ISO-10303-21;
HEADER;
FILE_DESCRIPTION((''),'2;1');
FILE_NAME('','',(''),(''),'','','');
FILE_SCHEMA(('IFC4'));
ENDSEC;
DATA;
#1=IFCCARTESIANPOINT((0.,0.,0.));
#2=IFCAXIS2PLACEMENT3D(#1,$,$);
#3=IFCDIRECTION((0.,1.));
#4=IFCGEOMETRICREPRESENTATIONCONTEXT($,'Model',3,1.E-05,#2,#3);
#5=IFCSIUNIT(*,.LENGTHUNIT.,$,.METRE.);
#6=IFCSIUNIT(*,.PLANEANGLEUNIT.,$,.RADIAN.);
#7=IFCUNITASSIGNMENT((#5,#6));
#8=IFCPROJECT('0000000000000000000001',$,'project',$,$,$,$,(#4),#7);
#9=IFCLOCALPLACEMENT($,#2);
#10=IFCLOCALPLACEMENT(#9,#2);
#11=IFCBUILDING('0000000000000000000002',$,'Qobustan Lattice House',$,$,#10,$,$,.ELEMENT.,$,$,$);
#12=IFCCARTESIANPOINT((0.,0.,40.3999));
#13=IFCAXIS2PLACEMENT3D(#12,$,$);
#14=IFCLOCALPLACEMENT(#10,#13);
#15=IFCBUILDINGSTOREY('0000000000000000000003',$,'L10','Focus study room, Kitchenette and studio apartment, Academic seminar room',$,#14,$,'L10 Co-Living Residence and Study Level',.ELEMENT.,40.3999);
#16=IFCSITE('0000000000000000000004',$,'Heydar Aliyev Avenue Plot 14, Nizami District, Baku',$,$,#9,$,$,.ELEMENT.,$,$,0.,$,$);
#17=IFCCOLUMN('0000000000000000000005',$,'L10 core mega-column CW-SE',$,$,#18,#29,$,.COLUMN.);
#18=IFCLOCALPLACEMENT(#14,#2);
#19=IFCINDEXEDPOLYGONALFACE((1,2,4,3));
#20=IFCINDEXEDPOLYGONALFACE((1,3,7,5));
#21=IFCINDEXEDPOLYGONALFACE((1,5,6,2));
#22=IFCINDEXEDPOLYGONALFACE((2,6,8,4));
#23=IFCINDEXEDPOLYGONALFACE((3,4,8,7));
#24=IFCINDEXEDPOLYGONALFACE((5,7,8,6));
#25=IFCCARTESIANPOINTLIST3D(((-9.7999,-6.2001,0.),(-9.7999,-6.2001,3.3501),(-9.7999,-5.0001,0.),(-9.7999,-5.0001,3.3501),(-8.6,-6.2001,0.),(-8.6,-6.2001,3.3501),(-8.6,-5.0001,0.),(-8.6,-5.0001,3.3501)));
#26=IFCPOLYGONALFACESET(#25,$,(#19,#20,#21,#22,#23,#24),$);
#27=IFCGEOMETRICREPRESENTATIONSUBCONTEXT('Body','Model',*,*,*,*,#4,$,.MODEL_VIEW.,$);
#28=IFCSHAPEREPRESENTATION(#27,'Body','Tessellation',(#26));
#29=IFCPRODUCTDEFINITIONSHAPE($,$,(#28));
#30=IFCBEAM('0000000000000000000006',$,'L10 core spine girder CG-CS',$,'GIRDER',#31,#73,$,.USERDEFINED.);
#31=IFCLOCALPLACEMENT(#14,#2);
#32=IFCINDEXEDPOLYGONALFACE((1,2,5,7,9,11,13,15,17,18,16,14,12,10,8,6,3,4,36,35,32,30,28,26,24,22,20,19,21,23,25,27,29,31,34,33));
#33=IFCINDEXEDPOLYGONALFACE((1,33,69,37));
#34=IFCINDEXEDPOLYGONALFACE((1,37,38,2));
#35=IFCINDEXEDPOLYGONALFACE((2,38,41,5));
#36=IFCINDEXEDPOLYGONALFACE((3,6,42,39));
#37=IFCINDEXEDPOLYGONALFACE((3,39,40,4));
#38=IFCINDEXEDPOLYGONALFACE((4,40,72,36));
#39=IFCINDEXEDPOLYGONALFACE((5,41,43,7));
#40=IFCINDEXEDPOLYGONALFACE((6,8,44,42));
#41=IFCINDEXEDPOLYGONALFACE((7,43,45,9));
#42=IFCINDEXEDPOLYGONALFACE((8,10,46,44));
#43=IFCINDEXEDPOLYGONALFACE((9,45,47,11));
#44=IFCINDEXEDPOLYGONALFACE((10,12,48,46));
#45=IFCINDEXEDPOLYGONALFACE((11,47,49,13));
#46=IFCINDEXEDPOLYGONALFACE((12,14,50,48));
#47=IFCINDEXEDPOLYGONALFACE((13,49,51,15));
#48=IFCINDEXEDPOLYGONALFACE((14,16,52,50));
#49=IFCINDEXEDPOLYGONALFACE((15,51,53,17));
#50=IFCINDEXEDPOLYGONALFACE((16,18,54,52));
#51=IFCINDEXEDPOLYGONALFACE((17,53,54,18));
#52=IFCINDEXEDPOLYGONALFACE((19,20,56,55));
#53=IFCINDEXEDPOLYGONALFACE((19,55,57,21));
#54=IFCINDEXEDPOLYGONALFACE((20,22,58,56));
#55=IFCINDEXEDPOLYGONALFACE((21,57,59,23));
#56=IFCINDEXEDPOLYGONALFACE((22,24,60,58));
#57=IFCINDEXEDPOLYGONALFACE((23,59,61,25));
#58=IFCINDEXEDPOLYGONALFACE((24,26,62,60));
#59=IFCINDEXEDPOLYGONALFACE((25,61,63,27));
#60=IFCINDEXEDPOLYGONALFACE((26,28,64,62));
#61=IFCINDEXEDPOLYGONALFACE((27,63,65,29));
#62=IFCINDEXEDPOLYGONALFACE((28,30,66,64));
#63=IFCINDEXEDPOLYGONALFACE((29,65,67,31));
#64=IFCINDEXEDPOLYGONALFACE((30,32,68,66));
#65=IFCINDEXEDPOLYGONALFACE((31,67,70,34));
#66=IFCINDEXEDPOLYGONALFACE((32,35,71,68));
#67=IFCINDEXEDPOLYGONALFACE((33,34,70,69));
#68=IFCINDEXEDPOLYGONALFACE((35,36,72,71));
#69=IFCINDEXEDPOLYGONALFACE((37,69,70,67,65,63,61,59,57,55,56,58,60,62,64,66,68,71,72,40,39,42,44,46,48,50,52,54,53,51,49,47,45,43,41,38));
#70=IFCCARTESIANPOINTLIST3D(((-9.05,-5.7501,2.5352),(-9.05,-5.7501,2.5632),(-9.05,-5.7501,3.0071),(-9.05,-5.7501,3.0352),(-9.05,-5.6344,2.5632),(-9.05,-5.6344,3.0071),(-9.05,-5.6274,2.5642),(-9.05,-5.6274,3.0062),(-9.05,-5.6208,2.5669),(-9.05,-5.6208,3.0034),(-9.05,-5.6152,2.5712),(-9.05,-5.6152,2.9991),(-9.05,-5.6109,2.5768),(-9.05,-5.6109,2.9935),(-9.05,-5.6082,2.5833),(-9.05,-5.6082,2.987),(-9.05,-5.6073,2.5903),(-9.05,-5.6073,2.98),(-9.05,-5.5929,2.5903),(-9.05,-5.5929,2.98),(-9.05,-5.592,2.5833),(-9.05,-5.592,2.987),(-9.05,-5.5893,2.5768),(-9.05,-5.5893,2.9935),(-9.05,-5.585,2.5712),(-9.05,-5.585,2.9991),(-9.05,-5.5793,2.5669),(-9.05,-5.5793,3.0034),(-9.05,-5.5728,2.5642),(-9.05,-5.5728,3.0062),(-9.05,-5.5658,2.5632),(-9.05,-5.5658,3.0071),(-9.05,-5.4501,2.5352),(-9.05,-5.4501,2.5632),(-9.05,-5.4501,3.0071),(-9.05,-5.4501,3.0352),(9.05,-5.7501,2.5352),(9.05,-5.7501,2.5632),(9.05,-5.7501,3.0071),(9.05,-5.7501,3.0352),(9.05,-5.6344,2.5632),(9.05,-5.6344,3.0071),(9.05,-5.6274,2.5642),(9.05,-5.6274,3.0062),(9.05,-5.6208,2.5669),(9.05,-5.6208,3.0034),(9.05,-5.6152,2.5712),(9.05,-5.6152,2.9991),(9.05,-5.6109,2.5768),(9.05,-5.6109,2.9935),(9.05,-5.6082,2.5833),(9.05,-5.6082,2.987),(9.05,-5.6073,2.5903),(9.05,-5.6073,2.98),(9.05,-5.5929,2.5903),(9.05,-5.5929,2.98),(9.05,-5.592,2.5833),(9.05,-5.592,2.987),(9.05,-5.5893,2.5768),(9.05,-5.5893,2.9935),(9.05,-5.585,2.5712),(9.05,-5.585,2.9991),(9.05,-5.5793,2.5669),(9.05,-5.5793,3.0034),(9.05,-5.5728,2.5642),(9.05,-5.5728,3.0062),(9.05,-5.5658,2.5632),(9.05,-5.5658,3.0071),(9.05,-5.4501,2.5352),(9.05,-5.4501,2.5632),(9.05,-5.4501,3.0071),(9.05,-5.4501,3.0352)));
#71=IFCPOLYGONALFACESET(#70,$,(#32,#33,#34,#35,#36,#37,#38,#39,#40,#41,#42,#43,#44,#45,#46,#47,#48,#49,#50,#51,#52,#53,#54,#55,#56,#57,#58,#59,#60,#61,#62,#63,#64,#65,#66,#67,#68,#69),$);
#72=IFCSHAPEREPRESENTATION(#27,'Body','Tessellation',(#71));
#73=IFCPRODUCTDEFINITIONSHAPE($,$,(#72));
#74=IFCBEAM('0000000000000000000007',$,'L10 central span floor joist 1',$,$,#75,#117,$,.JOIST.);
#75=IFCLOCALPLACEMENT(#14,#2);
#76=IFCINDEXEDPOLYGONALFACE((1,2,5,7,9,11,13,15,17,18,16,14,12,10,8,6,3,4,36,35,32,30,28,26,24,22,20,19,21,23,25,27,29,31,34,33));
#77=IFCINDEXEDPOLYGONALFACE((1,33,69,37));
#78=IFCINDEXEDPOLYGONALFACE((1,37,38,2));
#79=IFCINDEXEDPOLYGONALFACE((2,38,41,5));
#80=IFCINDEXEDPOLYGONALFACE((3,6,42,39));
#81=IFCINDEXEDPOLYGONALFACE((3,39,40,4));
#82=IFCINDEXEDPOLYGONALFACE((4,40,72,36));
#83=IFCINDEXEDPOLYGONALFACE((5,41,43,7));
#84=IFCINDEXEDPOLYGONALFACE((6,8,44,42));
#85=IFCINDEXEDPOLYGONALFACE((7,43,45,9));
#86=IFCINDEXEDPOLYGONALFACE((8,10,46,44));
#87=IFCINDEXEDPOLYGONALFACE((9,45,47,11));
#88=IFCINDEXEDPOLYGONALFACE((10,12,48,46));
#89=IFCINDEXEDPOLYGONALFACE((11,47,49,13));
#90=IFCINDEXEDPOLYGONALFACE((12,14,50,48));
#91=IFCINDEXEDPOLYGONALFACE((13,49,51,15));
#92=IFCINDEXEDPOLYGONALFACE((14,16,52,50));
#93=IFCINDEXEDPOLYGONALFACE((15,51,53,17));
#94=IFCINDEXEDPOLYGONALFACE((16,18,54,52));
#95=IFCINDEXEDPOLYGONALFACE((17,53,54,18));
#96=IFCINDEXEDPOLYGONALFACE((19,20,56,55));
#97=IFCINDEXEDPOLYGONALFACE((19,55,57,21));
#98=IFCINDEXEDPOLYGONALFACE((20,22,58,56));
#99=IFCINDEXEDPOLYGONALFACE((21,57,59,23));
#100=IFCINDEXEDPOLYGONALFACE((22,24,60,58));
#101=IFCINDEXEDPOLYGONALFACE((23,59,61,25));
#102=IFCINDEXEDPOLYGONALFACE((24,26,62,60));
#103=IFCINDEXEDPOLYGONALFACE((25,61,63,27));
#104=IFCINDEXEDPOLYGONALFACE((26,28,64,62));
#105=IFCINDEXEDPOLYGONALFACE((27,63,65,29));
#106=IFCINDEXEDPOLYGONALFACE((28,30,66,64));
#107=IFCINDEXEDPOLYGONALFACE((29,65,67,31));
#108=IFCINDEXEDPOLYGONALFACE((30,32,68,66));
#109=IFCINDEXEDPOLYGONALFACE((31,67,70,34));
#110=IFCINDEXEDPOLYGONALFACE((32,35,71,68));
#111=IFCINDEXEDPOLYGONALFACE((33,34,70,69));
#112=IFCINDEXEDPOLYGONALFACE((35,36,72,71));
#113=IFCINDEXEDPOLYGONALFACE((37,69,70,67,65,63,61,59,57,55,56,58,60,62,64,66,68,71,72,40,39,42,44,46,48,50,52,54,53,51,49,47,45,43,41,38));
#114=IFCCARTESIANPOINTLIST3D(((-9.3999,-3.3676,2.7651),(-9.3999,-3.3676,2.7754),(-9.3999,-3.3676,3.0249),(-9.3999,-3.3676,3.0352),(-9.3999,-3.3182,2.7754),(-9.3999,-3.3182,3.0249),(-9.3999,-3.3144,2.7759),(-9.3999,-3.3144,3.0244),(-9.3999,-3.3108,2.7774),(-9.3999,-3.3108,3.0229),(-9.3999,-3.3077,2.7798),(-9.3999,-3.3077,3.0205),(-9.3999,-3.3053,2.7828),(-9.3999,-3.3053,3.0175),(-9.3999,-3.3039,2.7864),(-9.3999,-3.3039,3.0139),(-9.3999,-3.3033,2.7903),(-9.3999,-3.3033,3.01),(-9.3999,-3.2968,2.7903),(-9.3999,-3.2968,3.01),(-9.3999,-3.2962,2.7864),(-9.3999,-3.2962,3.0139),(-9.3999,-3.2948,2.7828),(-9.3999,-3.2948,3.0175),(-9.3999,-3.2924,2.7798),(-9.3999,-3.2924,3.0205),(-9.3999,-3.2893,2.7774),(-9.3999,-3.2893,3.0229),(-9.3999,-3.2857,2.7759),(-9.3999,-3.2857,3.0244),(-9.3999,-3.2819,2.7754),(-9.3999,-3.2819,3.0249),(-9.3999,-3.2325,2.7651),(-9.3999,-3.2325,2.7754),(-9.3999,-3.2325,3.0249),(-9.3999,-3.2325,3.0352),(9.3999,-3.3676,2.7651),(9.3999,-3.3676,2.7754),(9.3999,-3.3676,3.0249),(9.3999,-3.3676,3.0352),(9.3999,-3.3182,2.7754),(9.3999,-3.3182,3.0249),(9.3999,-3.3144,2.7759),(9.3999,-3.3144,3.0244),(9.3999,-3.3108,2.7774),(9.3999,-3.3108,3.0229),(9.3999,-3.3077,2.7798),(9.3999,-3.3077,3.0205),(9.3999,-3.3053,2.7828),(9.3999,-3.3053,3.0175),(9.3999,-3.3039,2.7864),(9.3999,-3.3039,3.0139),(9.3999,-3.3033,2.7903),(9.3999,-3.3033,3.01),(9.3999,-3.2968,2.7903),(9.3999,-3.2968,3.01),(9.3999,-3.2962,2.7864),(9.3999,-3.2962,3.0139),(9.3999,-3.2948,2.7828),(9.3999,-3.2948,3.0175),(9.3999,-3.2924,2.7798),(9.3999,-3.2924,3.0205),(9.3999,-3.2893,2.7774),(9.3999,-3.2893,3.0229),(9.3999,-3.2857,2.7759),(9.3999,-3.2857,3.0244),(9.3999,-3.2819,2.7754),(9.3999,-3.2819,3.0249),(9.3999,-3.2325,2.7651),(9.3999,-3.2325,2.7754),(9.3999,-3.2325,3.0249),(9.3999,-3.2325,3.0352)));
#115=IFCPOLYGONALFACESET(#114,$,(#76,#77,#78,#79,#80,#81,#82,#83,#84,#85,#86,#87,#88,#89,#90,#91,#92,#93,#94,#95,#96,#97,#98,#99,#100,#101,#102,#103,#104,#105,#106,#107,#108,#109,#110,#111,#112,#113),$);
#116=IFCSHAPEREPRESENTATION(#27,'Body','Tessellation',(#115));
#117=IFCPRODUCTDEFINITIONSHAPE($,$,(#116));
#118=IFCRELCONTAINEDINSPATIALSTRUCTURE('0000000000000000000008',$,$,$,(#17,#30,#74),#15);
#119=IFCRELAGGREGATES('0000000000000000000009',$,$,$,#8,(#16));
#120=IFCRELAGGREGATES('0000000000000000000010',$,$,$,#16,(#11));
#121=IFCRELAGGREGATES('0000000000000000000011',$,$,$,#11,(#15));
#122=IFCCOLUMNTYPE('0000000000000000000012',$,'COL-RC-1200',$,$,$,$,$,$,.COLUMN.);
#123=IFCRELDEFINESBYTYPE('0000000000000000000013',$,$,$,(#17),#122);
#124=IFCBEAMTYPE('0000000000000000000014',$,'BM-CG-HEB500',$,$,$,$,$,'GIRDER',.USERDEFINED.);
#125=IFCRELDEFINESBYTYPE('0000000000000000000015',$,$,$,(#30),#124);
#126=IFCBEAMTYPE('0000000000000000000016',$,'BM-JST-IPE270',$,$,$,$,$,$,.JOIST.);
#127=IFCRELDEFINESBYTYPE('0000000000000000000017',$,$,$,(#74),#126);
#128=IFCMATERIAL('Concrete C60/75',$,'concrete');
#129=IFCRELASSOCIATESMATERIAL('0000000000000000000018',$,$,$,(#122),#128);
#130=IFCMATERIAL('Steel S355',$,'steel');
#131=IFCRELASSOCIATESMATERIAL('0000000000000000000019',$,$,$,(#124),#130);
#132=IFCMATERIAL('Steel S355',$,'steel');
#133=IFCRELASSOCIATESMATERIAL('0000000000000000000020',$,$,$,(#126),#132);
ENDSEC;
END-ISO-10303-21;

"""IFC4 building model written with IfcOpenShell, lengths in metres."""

from ifc_helpers import new_model, si_unit, direction, frame, origin, origin_2d, place, context, subcontext, project, spatial, rectangle, i_section, extrude, material, material_profile, profile_set, type_object, element, save


model = new_model("IFC4")

# Units and contexts
model_context = context("Model", 3, precision=1e-05, world=origin(), true_north=direction((0.0, 1.0)))
body_context = subcontext(model_context, "Body", "Model", "MODEL_VIEW")
ifc_project = project(units=[si_unit("LENGTHUNIT", "METRE"), si_unit("PLANEANGLEUNIT", "RADIAN")], contexts=[model_context])

# Site, building, storey
site_placement = place(None, origin())
site = spatial("IfcSite", under=ifc_project, at=site_placement, Name="Heydar Aliyev Avenue Plot 14, Nizami District, Baku", CompositionType="ELEMENT", RefElevation=0.0)
building_placement = place(site_placement, origin())
building = spatial("IfcBuilding", under=site, at=building_placement, Name="Qobustan Lattice House", CompositionType="ELEMENT")
storey_placement = place(building_placement, frame((0.0, 0.0, 40.3999)))
storey = spatial("IfcBuildingStorey", under=building, at=storey_placement, Name="L10", Description="Focus study room, Kitchenette and studio apartment, Academic seminar room", LongName="L10 Co-Living Residence and Study Level", CompositionType="ELEMENT", Elevation=40.3999)

# Column
ifc_material_1 = material(Name="Concrete C60/75", Category="concrete")
ifc_material_profile_1 = material_profile(ifc_material_1, rectangle(XDim=1.2, YDim=1.2, at=origin_2d()), Name="RC1200x1200")
ifc_profile_set_1 = profile_set([ifc_material_profile_1], Name="Concrete C60/75")
column_type = type_object("IfcColumnType", Name="COL-RC-1200", PredefinedType="COLUMN", material=ifc_profile_set_1)
column_placement = place(storey_placement, frame((-9.2, -5.6001, 0.0), z_axis=(0.0, 0.0, 1.0), x_axis=(1.0, 0.0, 0.0)))
element("IfcColumn", 1, at=column_placement, inside=storey, type_object=column_type, Name="L10 core mega-column CW-SE", PredefinedType="COLUMN", context=body_context, shape_type="SweptSolid", body=[
    extrude(rectangle(XDim=1.2, YDim=1.2, at=origin_2d()), origin(), (0.0, 0.0, 1.0), 3.3501),
])

# Beams
ifc_material_2 = material(Name="Steel S355", Category="steel")
ifc_material_profile_2 = material_profile(ifc_material_2, i_section(OverallWidth=0.3, OverallDepth=0.5, WebThickness=0.0144, FlangeThickness=0.0281, FilletRadius=0.0271, at=origin_2d()), Name="HEB500")
ifc_profile_set_2 = profile_set([ifc_material_profile_2], Name="Steel S355")
beam_type_1 = type_object("IfcBeamType", Name="BM-CG-HEB500", ElementType="GIRDER", PredefinedType="USERDEFINED", material=ifc_profile_set_2)
beam_1_placement = place(storey_placement, frame((-9.05, -5.6001, 2.7852), z_axis=(1.0, 0.0, 0.0), x_axis=(0.0, 1.0, 0.0)))
element("IfcBeam", 2, at=beam_1_placement, inside=storey, type_object=beam_type_1, Name="L10 core spine girder CG-CS", ObjectType="GIRDER", PredefinedType="USERDEFINED", context=body_context, shape_type="SweptSolid", body=[
    extrude(i_section(OverallWidth=0.3, OverallDepth=0.5, WebThickness=0.0144, FlangeThickness=0.0281, FilletRadius=0.0271, at=origin_2d()), origin(), (0.0, 0.0, 1.0), 18.1001),
])
ifc_material_3 = material(Name="Steel S355", Category="steel")
ifc_material_profile_3 = material_profile(ifc_material_3, i_section(OverallWidth=0.135, OverallDepth=0.27, WebThickness=0.0066, FlangeThickness=0.0103, FilletRadius=0.0149, at=origin_2d()), Name="IPE270")
ifc_profile_set_3 = profile_set([ifc_material_profile_3], Name="Steel S355")
beam_type_2 = type_object("IfcBeamType", Name="BM-JST-IPE270", PredefinedType="JOIST", material=ifc_profile_set_3)
beam_2_placement = place(storey_placement, frame((-9.3999, -3.3, 2.9001), z_axis=(1.0, 0.0, 0.0), x_axis=(0.0, 1.0, 0.0)))
element("IfcBeam", 3, at=beam_2_placement, inside=storey, type_object=beam_type_2, Name="L10 central span floor joist 1", PredefinedType="JOIST", context=body_context, shape_type="SweptSolid", body=[
    extrude(i_section(OverallWidth=0.135, OverallDepth=0.27, WebThickness=0.0066, FlangeThickness=0.0103, FilletRadius=0.0149, at=origin_2d()), origin(), (0.0, 0.0, 1.0), 18.7998),
])

save(model, "model.ifc")
